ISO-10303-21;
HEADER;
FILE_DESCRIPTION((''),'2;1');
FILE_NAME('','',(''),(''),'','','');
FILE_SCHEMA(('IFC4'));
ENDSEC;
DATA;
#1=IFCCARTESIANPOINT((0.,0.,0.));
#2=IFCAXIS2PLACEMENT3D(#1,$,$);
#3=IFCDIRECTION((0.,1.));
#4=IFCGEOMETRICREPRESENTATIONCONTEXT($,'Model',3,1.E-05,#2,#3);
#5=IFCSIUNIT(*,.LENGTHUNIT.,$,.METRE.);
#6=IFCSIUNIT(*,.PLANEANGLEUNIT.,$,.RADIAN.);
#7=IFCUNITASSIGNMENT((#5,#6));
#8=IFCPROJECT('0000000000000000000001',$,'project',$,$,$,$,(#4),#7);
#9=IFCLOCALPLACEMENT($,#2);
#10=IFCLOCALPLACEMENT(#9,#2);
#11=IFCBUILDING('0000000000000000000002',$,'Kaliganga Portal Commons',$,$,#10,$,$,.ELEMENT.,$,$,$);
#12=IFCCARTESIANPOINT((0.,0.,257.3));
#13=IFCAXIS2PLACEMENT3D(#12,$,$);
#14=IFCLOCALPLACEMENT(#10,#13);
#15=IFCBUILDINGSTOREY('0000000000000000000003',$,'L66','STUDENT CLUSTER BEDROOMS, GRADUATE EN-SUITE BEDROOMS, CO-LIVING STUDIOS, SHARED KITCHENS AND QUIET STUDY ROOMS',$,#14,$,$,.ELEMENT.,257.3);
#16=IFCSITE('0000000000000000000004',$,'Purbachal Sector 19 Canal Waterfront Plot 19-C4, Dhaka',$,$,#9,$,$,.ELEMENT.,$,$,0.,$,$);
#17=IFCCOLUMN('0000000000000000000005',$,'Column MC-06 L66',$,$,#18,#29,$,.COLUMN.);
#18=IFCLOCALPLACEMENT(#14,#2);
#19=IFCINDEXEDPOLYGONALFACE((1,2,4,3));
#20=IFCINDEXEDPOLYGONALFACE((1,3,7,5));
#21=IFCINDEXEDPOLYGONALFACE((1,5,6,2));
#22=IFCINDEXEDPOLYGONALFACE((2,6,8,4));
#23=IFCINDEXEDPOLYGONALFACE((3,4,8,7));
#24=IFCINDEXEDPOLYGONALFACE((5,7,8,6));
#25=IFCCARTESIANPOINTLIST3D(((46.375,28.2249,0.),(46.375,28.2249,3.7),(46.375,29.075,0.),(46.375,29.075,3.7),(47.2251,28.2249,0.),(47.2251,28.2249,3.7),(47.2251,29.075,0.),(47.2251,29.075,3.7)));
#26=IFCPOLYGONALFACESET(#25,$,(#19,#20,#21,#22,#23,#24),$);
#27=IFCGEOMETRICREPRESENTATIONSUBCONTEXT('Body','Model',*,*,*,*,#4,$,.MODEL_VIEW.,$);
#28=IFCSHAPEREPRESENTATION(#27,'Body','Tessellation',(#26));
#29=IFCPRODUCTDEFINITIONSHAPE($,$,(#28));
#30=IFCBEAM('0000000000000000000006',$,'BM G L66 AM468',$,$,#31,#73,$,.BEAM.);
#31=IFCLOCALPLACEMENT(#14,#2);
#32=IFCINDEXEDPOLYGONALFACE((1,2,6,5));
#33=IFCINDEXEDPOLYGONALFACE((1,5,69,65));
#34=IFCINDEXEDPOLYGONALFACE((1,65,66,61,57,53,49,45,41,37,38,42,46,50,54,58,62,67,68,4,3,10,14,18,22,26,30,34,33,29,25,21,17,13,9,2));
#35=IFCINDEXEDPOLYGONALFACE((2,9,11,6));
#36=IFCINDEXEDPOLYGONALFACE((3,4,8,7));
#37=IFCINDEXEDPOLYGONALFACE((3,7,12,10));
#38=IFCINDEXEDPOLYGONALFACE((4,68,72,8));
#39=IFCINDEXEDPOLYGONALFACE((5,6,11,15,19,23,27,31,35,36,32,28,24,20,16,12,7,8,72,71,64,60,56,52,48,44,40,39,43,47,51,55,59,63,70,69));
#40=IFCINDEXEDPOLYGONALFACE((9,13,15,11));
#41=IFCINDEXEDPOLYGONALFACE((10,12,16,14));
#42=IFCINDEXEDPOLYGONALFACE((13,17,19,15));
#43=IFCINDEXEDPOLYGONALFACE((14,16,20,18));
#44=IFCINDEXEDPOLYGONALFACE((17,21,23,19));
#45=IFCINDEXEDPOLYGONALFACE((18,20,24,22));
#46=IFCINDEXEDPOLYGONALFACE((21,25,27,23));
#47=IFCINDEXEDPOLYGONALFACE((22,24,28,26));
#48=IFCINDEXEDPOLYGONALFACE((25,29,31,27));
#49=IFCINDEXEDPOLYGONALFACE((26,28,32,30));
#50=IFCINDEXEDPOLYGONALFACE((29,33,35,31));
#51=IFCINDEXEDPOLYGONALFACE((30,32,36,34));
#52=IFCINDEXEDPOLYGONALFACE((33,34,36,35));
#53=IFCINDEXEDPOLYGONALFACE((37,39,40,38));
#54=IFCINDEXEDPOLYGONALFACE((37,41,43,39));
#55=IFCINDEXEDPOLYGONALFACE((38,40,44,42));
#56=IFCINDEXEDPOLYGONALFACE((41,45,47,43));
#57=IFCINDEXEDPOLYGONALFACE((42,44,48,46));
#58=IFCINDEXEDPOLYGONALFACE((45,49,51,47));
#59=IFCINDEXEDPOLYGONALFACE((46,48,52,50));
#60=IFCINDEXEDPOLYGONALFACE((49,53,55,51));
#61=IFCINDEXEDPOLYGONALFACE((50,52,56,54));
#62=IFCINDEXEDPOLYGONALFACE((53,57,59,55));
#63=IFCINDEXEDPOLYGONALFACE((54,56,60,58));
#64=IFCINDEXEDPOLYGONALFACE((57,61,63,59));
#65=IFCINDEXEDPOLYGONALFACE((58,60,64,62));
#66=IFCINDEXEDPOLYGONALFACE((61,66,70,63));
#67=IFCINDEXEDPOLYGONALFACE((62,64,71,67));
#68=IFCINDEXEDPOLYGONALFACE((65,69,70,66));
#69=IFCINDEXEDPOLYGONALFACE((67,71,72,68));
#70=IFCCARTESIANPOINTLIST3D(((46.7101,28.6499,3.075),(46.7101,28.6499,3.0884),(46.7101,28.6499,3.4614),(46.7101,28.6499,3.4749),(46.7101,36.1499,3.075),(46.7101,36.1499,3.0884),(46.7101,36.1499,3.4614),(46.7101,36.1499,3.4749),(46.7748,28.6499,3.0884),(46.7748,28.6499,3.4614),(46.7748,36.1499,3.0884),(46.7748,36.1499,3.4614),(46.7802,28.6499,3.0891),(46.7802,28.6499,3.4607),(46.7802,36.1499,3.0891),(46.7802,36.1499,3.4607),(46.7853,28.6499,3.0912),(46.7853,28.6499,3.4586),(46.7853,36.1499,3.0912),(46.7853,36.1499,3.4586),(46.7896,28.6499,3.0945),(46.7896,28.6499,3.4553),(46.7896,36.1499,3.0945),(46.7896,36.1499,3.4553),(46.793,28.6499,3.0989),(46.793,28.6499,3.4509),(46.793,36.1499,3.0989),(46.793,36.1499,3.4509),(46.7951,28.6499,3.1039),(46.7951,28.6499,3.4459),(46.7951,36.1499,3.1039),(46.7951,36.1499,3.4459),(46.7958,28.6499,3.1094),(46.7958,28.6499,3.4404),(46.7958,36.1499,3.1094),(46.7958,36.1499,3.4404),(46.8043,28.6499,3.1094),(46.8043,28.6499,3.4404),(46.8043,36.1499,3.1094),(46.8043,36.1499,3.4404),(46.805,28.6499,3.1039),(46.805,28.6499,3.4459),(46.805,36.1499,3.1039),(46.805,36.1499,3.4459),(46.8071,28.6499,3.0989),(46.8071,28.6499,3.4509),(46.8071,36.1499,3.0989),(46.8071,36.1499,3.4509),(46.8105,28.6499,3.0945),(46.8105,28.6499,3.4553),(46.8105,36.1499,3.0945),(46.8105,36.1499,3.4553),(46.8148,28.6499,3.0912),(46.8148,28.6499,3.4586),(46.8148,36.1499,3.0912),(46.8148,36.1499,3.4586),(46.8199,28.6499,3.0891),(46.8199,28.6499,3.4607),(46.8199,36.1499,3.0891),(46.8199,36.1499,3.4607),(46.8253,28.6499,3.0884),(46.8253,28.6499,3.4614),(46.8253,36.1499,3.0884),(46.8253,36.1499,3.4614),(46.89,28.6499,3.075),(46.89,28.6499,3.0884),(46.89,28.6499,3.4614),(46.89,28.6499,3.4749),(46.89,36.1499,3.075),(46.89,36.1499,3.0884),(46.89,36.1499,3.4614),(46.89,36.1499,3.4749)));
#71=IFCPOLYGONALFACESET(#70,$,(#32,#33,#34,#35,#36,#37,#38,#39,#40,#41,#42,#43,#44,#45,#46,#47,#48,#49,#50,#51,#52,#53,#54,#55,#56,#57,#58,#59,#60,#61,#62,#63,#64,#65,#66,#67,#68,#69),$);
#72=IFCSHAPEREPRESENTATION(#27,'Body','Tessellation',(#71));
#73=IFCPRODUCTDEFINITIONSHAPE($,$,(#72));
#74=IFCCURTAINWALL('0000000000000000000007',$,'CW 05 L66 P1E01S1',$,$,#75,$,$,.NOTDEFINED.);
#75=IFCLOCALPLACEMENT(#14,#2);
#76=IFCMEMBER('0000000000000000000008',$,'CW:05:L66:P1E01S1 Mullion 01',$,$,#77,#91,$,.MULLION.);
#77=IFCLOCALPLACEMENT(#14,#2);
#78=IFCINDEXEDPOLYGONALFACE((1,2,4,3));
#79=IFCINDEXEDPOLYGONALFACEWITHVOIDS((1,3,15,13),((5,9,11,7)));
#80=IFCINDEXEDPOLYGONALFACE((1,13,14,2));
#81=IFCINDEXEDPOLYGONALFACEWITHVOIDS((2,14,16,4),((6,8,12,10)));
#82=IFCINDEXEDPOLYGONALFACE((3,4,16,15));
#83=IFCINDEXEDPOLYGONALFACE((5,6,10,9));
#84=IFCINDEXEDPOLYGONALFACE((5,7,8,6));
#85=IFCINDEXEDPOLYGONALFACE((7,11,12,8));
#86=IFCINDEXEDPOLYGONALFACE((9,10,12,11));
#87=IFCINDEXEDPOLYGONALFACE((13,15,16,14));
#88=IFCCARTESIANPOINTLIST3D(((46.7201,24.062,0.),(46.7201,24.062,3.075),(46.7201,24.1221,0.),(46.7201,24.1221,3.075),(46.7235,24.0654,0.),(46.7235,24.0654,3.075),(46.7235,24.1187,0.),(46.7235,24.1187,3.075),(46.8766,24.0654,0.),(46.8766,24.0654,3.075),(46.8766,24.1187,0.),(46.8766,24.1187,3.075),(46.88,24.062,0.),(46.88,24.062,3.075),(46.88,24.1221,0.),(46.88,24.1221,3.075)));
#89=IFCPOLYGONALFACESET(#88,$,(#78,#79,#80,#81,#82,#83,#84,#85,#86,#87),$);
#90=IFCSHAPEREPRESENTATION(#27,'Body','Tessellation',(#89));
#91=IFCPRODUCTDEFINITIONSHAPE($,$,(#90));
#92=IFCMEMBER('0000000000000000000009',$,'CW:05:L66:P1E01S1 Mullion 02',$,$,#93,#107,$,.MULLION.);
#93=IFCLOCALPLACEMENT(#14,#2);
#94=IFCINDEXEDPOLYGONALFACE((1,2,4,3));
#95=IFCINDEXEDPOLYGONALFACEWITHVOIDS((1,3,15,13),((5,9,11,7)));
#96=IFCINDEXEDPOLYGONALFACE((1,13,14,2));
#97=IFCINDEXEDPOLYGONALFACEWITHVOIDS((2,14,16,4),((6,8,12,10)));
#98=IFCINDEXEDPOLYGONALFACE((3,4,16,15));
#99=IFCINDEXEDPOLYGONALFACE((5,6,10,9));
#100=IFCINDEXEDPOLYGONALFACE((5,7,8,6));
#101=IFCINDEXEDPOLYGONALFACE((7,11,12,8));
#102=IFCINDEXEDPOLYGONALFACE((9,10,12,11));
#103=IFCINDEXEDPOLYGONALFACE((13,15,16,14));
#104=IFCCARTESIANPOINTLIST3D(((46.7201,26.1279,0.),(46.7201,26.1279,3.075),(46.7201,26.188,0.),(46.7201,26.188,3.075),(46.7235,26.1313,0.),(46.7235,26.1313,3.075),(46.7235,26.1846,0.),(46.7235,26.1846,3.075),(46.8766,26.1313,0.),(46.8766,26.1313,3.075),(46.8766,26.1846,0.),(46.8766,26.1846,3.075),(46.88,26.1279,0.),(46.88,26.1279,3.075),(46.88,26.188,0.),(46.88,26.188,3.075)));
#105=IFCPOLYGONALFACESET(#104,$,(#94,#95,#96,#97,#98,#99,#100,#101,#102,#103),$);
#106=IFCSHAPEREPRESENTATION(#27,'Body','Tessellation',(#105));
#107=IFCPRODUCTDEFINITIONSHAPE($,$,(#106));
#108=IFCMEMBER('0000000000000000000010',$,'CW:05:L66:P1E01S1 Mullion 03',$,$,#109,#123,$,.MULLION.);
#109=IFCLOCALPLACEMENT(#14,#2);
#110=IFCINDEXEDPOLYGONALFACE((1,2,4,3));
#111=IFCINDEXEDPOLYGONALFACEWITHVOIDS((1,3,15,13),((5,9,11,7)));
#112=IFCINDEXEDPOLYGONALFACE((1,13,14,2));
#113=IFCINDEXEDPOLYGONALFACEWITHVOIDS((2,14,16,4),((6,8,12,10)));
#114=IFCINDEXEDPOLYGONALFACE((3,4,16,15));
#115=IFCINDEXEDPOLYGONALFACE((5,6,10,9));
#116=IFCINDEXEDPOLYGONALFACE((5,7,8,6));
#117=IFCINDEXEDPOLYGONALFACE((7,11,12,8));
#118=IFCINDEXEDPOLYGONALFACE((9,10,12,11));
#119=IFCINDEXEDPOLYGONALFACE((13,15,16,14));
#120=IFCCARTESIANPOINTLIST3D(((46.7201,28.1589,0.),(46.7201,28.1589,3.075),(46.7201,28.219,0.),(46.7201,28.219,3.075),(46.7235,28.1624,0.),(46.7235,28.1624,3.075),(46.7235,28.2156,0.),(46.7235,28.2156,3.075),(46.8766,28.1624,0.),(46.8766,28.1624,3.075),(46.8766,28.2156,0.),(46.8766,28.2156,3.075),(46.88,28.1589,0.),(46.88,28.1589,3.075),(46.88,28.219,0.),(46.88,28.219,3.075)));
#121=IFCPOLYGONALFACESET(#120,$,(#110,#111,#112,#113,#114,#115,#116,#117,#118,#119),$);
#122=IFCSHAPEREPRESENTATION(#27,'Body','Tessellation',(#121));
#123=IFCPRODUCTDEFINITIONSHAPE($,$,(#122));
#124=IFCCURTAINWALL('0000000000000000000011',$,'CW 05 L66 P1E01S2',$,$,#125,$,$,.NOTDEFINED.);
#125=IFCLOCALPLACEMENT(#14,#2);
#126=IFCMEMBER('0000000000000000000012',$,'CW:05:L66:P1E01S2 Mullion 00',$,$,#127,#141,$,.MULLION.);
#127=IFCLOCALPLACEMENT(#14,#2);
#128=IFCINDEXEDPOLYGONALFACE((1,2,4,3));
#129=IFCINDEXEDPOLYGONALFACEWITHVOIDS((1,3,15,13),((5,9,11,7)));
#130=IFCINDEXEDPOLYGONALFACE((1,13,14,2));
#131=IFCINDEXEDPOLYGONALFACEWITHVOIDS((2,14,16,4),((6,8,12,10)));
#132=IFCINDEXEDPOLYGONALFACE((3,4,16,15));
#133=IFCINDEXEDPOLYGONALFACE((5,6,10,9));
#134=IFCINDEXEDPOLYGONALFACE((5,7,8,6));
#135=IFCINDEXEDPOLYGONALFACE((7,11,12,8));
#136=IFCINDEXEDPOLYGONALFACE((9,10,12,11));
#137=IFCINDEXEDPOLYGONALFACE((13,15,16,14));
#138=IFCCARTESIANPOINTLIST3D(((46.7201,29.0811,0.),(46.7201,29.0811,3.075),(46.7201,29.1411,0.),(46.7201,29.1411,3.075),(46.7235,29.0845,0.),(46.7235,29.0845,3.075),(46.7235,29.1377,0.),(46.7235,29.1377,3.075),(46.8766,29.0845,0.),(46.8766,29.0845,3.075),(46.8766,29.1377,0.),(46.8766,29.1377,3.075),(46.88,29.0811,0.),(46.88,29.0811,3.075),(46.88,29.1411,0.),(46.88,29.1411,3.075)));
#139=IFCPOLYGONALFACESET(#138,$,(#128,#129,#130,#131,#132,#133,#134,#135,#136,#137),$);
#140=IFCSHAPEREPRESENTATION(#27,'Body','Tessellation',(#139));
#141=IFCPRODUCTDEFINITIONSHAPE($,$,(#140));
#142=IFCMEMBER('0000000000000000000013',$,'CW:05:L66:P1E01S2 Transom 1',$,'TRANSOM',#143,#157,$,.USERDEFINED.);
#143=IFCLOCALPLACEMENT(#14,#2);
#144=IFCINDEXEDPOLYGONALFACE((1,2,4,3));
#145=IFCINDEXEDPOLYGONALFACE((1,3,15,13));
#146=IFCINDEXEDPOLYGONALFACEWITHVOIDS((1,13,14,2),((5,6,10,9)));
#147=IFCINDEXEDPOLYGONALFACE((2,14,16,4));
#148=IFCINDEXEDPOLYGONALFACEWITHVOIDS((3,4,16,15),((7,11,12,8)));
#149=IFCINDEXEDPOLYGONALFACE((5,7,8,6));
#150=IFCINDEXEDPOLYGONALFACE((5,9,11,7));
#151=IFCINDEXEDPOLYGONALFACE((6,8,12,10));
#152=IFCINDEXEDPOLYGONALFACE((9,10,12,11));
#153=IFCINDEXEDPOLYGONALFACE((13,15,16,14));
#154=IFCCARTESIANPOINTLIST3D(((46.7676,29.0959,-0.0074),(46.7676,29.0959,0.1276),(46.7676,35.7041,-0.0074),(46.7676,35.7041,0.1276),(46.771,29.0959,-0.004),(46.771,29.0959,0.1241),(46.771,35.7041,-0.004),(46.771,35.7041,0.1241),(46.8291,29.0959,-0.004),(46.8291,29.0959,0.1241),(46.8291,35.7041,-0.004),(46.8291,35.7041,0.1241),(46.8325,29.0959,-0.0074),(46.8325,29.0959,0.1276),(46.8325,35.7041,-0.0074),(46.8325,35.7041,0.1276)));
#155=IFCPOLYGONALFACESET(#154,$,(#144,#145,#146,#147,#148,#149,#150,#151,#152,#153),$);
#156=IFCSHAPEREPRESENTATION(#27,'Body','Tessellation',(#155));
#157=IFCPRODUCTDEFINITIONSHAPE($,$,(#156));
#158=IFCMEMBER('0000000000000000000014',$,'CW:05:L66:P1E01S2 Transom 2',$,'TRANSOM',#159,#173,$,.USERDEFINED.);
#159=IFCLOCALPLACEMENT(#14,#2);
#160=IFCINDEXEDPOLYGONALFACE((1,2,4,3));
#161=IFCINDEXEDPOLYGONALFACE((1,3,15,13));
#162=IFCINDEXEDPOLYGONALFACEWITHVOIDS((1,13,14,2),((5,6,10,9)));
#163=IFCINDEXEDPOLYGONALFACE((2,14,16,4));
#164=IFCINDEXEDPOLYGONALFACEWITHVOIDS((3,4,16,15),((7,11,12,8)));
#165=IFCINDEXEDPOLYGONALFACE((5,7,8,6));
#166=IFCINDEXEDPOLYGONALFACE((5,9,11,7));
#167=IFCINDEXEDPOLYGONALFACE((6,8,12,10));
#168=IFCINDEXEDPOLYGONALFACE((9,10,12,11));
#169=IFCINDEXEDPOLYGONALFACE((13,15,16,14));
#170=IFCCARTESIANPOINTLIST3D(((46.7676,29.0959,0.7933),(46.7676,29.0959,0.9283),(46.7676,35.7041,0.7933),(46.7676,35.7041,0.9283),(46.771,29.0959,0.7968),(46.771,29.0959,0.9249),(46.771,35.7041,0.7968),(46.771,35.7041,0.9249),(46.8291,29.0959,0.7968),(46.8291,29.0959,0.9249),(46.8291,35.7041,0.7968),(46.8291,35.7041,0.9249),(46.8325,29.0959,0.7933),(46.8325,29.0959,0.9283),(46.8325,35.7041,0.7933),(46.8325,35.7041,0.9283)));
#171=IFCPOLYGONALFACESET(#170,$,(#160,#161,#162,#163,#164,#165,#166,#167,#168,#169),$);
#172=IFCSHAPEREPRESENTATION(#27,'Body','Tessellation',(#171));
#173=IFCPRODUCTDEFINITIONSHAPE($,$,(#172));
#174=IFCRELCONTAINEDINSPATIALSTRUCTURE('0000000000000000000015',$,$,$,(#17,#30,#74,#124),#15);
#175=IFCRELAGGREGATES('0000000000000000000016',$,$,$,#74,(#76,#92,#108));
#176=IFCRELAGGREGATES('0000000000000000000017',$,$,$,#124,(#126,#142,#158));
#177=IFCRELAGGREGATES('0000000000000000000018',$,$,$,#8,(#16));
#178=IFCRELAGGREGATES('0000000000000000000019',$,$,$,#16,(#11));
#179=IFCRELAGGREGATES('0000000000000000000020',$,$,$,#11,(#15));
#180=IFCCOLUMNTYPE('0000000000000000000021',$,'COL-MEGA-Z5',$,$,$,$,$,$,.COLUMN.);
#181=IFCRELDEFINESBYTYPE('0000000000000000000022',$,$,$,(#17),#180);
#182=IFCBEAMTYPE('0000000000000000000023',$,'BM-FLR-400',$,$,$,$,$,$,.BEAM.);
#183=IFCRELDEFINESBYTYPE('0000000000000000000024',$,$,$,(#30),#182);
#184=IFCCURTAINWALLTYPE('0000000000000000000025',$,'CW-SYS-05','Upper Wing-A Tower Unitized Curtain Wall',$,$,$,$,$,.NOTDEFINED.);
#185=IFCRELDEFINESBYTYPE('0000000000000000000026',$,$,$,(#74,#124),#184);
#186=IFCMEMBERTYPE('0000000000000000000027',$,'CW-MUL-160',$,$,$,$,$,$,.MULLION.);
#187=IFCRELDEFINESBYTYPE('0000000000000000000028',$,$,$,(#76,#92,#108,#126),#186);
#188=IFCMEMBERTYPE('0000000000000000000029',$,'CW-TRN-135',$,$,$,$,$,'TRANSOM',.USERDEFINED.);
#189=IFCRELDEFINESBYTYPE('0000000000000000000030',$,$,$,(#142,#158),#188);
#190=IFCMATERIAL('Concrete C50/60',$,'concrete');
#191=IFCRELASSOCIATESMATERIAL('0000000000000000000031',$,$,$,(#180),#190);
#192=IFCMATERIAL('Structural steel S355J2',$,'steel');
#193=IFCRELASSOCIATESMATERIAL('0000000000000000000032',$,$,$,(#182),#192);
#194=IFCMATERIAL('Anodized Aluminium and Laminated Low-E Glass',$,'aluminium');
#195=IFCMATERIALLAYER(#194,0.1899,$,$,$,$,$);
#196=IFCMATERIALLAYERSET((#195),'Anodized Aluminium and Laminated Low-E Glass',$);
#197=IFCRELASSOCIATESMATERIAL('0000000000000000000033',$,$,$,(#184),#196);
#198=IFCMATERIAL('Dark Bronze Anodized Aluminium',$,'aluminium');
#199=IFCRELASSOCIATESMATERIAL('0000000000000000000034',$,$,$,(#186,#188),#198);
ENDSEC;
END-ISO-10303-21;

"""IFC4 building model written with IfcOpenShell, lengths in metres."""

from ifc_helpers import new_model, si_unit, direction, frame, origin, origin_2d, place, context, subcontext, project, spatial, rectangle, hollow_rectangle, i_section, extrude, source, transform, mapped, material, layer, layer_set, material_profile, profile_set, type_object, element, aggregate, save


model = new_model("IFC4")

# Units and contexts
model_context = context("Model", 3, precision=1e-05, world=origin(), true_north=direction((0.0, 1.0)))
body_context = subcontext(model_context, "Body", "Model", "MODEL_VIEW")
ifc_project = project(units=[si_unit("LENGTHUNIT", "METRE"), si_unit("PLANEANGLEUNIT", "RADIAN")], contexts=[model_context])

# Site, building, storey
site_placement = place(None, origin())
site = spatial("IfcSite", under=ifc_project, at=site_placement, Name="Purbachal Sector 19 Canal Waterfront Plot 19-C4, Dhaka", CompositionType="ELEMENT", RefElevation=0.0)
building_placement = place(site_placement, origin())
building = spatial("IfcBuilding", under=site, at=building_placement, Name="Kaliganga Portal Commons", CompositionType="ELEMENT")
storey_placement = place(building_placement, frame((0.0, 0.0, 257.3)))
storey = spatial("IfcBuildingStorey", under=building, at=storey_placement, Name="L66", Description="STUDENT CLUSTER BEDROOMS, GRADUATE EN-SUITE BEDROOMS, CO-LIVING STUDIOS, SHARED KITCHENS AND QUIET STUDY ROOMS", CompositionType="ELEMENT", Elevation=257.3)

# Column
ifc_material_1 = material(Name="Concrete C50/60", Category="concrete")
ifc_material_profile_1 = material_profile(ifc_material_1, rectangle(XDim=0.8501, YDim=0.8501, at=origin_2d()), Name="RC 850x850")
ifc_profile_set_1 = profile_set([ifc_material_profile_1], Name="Concrete C50/60")
column_type = type_object("IfcColumnType", Name="COL-MEGA-Z5", PredefinedType="COLUMN", material=ifc_profile_set_1)
shared_shape_1 = source(origin(), body_context, "Body", "SweptSolid", [
    extrude(rectangle(XDim=0.8501, YDim=0.8501, at=origin_2d()), origin(), (0.0, 0.0, 1.0), 3.7),
])
column_placement = place(storey_placement, frame((46.8, 28.6499, 0.0), z_axis=(0.0, 0.0, 1.0), x_axis=(1.0, 0.0, 0.0)))
element("IfcColumn", 1, at=column_placement, inside=storey, type_object=column_type, Name="Column MC-06 L66", PredefinedType="COLUMN", context=body_context, shape_type="MappedRepresentation", body=[
    mapped(shared_shape_1, transform((0.0, 0.0, 0.0), x_axis=(1.0, 0.0, 0.0), y_axis=(0.0, 1.0, 0.0), z_axis=(0.0, 0.0, 1.0), scale=1.0)),
])

# Beam
ifc_material_2 = material(Name="Structural steel S355J2", Category="steel")
ifc_material_profile_2 = material_profile(ifc_material_2, i_section(OverallWidth=0.1799, OverallDepth=0.3999, WebThickness=0.0085, FlangeThickness=0.0134, FilletRadius=0.021, at=origin_2d()), Name="IPE 400")
ifc_profile_set_2 = profile_set([ifc_material_profile_2], Name="Structural steel S355J2 wide-flange")
beam_type = type_object("IfcBeamType", Name="BM-FLR-400", PredefinedType="BEAM", material=ifc_profile_set_2)
shared_shape_2 = source(origin(), body_context, "Body", "SweptSolid", [
    extrude(i_section(OverallWidth=0.1799, OverallDepth=0.3999, WebThickness=0.0085, FlangeThickness=0.0134, FilletRadius=0.021, at=origin_2d()), origin(), (0.0, 0.0, 1.0), 7.5),
])
beam_placement = place(storey_placement, frame((46.8, 28.6499, 3.2749), z_axis=(0.0, 1.0, 0.0), x_axis=(-1.0, 0.0, 0.0)))
element("IfcBeam", 2, at=beam_placement, inside=storey, type_object=beam_type, Name="BM G L66 AM468", PredefinedType="BEAM", context=body_context, shape_type="MappedRepresentation", body=[
    mapped(shared_shape_2, transform((0.0, 0.0, 0.0), x_axis=(1.0, 0.0, 0.0), y_axis=(0.0, 1.0, 0.0), z_axis=(0.0, 0.0, 1.0), scale=1.0)),
])

# Curtain walls, members
ifc_material_3 = material(Name="Anodized Aluminium and Laminated Low-E Glass", Category="aluminium")
ifc_layer_1 = layer(ifc_material_3, 0.1899)
ifc_layer_set_1 = layer_set([ifc_layer_1], Name="Anodized Aluminium and Laminated Low-E Glass")
curtain_wall_type = type_object("IfcCurtainWallType", Name="CW-SYS-05", Description="Upper Wing-A Tower Unitized Curtain Wall", PredefinedType="NOTDEFINED", material=ifc_layer_set_1)
curtain_wall_1_placement = place(storey_placement, origin())
curtain_wall_1 = element("IfcCurtainWall", 3, at=curtain_wall_1_placement, inside=storey, type_object=curtain_wall_type, Name="CW 05 L66 P1E01S1", PredefinedType="NOTDEFINED")
ifc_material_4 = material(Name="Dark Bronze Anodized Aluminium", Category="aluminium")
ifc_material_profile_3 = material_profile(ifc_material_4, hollow_rectangle(XDim=0.0601, YDim=0.1599, WallThickness=0.0034, at=origin_2d()), Name="ALU MULL 60x160x3.5")
ifc_profile_set_3 = profile_set([ifc_material_profile_3], Name="Dark Bronze Anodized Aluminium")
member_type_1 = type_object("IfcMemberType", Name="CW-MUL-160", PredefinedType="MULLION", material=ifc_profile_set_3)
shared_shape_3 = source(origin(), body_context, "Body", "SweptSolid", [
    extrude(hollow_rectangle(XDim=0.0601, YDim=0.1599, WallThickness=0.0034, at=origin_2d()), origin(), (0.0, 0.0, 1.0), 3.075),
])
member_1_placement = place(storey_placement, frame((46.8, 24.092, 0.0), z_axis=(0.0, 0.0, 1.0), x_axis=(0.0, 1.0, 0.0)))
member_1 = element("IfcMember", 4, at=member_1_placement, type_object=member_type_1, Name="CW:05:L66:P1E01S1 Mullion 01", PredefinedType="MULLION", context=body_context, shape_type="MappedRepresentation", body=[
    mapped(shared_shape_3, transform((0.0, 0.0, 0.0), x_axis=(1.0, 0.0, 0.0), y_axis=(0.0, 1.0, 0.0), z_axis=(0.0, 0.0, 1.0), scale=1.0)),
])
member_2_placement = place(storey_placement, frame((46.8, 26.158, 0.0), z_axis=(0.0, 0.0, 1.0), x_axis=(0.0, 1.0, 0.0)))
member_2 = element("IfcMember", 5, at=member_2_placement, type_object=member_type_1, Name="CW:05:L66:P1E01S1 Mullion 02", PredefinedType="MULLION", context=body_context, shape_type="MappedRepresentation", body=[
    mapped(shared_shape_3, transform((0.0, 0.0, 0.0), x_axis=(1.0, 0.0, 0.0), y_axis=(0.0, 1.0, 0.0), z_axis=(0.0, 0.0, 1.0), scale=1.0)),
])
member_3_placement = place(storey_placement, frame((46.8, 28.189, 0.0), z_axis=(0.0, 0.0, 1.0), x_axis=(0.0, 1.0, 0.0)))
member_3 = element("IfcMember", 6, at=member_3_placement, type_object=member_type_1, Name="CW:05:L66:P1E01S1 Mullion 03", PredefinedType="MULLION", context=body_context, shape_type="MappedRepresentation", body=[
    mapped(shared_shape_3, transform((0.0, 0.0, 0.0), x_axis=(1.0, 0.0, 0.0), y_axis=(0.0, 1.0, 0.0), z_axis=(0.0, 0.0, 1.0), scale=1.0)),
])
curtain_wall_2_placement = place(storey_placement, origin())
curtain_wall_2 = element("IfcCurtainWall", 7, at=curtain_wall_2_placement, inside=storey, type_object=curtain_wall_type, Name="CW 05 L66 P1E01S2", PredefinedType="NOTDEFINED")
member_4_placement = place(storey_placement, frame((46.8, 29.1111, 0.0), z_axis=(0.0, 0.0, 1.0), x_axis=(0.0, 1.0, 0.0)))
member_4 = element("IfcMember", 8, at=member_4_placement, type_object=member_type_1, Name="CW:05:L66:P1E01S2 Mullion 00", PredefinedType="MULLION", context=body_context, shape_type="MappedRepresentation", body=[
    mapped(shared_shape_3, transform((0.0, 0.0, 0.0), x_axis=(1.0, 0.0, 0.0), y_axis=(0.0, 1.0, 0.0), z_axis=(0.0, 0.0, 1.0), scale=1.0)),
])
ifc_material_profile_4 = material_profile(ifc_material_4, hollow_rectangle(XDim=0.0649, YDim=0.135, WallThickness=0.0034, at=origin_2d()), Name="ALU TRAN 65x135x3.5")
ifc_profile_set_4 = profile_set([ifc_material_profile_4], Name="Dark Bronze Anodized Aluminium")
member_type_2 = type_object("IfcMemberType", Name="CW-TRN-135", ElementType="TRANSOM", PredefinedType="USERDEFINED", material=ifc_profile_set_4)
shared_shape_4 = source(origin(), body_context, "Body", "SweptSolid", [
    extrude(hollow_rectangle(XDim=0.0649, YDim=0.135, WallThickness=0.0034, at=origin_2d()), origin(), (0.0, 0.0, 1.0), 6.6082),
])
member_5_placement = place(storey_placement, frame((46.8, 29.0959, 0.0601), z_axis=(0.0, 1.0, 0.0), x_axis=(-1.0, 0.0, 0.0)))
member_5 = element("IfcMember", 9, at=member_5_placement, type_object=member_type_2, Name="CW:05:L66:P1E01S2 Transom 1", ObjectType="TRANSOM", PredefinedType="USERDEFINED", context=body_context, shape_type="MappedRepresentation", body=[
    mapped(shared_shape_4, transform((0.0, 0.0, 0.0), x_axis=(1.0, 0.0, 0.0), y_axis=(0.0, 1.0, 0.0), z_axis=(0.0, 0.0, 1.0), scale=1.0)),
])
member_6_placement = place(storey_placement, frame((46.8, 29.0959, 0.8608), z_axis=(0.0, 1.0, 0.0), x_axis=(-1.0, 0.0, 0.0)))
member_6 = element("IfcMember", 10, at=member_6_placement, type_object=member_type_2, Name="CW:05:L66:P1E01S2 Transom 2", ObjectType="TRANSOM", PredefinedType="USERDEFINED", context=body_context, shape_type="MappedRepresentation", body=[
    mapped(shared_shape_4, transform((0.0, 0.0, 0.0), x_axis=(1.0, 0.0, 0.0), y_axis=(0.0, 1.0, 0.0), z_axis=(0.0, 0.0, 1.0), scale=1.0)),
])

aggregate(curtain_wall_1, [member_1, member_2, member_3])
aggregate(curtain_wall_2, [member_4, member_5, member_6])

save(model, "model.ifc")
